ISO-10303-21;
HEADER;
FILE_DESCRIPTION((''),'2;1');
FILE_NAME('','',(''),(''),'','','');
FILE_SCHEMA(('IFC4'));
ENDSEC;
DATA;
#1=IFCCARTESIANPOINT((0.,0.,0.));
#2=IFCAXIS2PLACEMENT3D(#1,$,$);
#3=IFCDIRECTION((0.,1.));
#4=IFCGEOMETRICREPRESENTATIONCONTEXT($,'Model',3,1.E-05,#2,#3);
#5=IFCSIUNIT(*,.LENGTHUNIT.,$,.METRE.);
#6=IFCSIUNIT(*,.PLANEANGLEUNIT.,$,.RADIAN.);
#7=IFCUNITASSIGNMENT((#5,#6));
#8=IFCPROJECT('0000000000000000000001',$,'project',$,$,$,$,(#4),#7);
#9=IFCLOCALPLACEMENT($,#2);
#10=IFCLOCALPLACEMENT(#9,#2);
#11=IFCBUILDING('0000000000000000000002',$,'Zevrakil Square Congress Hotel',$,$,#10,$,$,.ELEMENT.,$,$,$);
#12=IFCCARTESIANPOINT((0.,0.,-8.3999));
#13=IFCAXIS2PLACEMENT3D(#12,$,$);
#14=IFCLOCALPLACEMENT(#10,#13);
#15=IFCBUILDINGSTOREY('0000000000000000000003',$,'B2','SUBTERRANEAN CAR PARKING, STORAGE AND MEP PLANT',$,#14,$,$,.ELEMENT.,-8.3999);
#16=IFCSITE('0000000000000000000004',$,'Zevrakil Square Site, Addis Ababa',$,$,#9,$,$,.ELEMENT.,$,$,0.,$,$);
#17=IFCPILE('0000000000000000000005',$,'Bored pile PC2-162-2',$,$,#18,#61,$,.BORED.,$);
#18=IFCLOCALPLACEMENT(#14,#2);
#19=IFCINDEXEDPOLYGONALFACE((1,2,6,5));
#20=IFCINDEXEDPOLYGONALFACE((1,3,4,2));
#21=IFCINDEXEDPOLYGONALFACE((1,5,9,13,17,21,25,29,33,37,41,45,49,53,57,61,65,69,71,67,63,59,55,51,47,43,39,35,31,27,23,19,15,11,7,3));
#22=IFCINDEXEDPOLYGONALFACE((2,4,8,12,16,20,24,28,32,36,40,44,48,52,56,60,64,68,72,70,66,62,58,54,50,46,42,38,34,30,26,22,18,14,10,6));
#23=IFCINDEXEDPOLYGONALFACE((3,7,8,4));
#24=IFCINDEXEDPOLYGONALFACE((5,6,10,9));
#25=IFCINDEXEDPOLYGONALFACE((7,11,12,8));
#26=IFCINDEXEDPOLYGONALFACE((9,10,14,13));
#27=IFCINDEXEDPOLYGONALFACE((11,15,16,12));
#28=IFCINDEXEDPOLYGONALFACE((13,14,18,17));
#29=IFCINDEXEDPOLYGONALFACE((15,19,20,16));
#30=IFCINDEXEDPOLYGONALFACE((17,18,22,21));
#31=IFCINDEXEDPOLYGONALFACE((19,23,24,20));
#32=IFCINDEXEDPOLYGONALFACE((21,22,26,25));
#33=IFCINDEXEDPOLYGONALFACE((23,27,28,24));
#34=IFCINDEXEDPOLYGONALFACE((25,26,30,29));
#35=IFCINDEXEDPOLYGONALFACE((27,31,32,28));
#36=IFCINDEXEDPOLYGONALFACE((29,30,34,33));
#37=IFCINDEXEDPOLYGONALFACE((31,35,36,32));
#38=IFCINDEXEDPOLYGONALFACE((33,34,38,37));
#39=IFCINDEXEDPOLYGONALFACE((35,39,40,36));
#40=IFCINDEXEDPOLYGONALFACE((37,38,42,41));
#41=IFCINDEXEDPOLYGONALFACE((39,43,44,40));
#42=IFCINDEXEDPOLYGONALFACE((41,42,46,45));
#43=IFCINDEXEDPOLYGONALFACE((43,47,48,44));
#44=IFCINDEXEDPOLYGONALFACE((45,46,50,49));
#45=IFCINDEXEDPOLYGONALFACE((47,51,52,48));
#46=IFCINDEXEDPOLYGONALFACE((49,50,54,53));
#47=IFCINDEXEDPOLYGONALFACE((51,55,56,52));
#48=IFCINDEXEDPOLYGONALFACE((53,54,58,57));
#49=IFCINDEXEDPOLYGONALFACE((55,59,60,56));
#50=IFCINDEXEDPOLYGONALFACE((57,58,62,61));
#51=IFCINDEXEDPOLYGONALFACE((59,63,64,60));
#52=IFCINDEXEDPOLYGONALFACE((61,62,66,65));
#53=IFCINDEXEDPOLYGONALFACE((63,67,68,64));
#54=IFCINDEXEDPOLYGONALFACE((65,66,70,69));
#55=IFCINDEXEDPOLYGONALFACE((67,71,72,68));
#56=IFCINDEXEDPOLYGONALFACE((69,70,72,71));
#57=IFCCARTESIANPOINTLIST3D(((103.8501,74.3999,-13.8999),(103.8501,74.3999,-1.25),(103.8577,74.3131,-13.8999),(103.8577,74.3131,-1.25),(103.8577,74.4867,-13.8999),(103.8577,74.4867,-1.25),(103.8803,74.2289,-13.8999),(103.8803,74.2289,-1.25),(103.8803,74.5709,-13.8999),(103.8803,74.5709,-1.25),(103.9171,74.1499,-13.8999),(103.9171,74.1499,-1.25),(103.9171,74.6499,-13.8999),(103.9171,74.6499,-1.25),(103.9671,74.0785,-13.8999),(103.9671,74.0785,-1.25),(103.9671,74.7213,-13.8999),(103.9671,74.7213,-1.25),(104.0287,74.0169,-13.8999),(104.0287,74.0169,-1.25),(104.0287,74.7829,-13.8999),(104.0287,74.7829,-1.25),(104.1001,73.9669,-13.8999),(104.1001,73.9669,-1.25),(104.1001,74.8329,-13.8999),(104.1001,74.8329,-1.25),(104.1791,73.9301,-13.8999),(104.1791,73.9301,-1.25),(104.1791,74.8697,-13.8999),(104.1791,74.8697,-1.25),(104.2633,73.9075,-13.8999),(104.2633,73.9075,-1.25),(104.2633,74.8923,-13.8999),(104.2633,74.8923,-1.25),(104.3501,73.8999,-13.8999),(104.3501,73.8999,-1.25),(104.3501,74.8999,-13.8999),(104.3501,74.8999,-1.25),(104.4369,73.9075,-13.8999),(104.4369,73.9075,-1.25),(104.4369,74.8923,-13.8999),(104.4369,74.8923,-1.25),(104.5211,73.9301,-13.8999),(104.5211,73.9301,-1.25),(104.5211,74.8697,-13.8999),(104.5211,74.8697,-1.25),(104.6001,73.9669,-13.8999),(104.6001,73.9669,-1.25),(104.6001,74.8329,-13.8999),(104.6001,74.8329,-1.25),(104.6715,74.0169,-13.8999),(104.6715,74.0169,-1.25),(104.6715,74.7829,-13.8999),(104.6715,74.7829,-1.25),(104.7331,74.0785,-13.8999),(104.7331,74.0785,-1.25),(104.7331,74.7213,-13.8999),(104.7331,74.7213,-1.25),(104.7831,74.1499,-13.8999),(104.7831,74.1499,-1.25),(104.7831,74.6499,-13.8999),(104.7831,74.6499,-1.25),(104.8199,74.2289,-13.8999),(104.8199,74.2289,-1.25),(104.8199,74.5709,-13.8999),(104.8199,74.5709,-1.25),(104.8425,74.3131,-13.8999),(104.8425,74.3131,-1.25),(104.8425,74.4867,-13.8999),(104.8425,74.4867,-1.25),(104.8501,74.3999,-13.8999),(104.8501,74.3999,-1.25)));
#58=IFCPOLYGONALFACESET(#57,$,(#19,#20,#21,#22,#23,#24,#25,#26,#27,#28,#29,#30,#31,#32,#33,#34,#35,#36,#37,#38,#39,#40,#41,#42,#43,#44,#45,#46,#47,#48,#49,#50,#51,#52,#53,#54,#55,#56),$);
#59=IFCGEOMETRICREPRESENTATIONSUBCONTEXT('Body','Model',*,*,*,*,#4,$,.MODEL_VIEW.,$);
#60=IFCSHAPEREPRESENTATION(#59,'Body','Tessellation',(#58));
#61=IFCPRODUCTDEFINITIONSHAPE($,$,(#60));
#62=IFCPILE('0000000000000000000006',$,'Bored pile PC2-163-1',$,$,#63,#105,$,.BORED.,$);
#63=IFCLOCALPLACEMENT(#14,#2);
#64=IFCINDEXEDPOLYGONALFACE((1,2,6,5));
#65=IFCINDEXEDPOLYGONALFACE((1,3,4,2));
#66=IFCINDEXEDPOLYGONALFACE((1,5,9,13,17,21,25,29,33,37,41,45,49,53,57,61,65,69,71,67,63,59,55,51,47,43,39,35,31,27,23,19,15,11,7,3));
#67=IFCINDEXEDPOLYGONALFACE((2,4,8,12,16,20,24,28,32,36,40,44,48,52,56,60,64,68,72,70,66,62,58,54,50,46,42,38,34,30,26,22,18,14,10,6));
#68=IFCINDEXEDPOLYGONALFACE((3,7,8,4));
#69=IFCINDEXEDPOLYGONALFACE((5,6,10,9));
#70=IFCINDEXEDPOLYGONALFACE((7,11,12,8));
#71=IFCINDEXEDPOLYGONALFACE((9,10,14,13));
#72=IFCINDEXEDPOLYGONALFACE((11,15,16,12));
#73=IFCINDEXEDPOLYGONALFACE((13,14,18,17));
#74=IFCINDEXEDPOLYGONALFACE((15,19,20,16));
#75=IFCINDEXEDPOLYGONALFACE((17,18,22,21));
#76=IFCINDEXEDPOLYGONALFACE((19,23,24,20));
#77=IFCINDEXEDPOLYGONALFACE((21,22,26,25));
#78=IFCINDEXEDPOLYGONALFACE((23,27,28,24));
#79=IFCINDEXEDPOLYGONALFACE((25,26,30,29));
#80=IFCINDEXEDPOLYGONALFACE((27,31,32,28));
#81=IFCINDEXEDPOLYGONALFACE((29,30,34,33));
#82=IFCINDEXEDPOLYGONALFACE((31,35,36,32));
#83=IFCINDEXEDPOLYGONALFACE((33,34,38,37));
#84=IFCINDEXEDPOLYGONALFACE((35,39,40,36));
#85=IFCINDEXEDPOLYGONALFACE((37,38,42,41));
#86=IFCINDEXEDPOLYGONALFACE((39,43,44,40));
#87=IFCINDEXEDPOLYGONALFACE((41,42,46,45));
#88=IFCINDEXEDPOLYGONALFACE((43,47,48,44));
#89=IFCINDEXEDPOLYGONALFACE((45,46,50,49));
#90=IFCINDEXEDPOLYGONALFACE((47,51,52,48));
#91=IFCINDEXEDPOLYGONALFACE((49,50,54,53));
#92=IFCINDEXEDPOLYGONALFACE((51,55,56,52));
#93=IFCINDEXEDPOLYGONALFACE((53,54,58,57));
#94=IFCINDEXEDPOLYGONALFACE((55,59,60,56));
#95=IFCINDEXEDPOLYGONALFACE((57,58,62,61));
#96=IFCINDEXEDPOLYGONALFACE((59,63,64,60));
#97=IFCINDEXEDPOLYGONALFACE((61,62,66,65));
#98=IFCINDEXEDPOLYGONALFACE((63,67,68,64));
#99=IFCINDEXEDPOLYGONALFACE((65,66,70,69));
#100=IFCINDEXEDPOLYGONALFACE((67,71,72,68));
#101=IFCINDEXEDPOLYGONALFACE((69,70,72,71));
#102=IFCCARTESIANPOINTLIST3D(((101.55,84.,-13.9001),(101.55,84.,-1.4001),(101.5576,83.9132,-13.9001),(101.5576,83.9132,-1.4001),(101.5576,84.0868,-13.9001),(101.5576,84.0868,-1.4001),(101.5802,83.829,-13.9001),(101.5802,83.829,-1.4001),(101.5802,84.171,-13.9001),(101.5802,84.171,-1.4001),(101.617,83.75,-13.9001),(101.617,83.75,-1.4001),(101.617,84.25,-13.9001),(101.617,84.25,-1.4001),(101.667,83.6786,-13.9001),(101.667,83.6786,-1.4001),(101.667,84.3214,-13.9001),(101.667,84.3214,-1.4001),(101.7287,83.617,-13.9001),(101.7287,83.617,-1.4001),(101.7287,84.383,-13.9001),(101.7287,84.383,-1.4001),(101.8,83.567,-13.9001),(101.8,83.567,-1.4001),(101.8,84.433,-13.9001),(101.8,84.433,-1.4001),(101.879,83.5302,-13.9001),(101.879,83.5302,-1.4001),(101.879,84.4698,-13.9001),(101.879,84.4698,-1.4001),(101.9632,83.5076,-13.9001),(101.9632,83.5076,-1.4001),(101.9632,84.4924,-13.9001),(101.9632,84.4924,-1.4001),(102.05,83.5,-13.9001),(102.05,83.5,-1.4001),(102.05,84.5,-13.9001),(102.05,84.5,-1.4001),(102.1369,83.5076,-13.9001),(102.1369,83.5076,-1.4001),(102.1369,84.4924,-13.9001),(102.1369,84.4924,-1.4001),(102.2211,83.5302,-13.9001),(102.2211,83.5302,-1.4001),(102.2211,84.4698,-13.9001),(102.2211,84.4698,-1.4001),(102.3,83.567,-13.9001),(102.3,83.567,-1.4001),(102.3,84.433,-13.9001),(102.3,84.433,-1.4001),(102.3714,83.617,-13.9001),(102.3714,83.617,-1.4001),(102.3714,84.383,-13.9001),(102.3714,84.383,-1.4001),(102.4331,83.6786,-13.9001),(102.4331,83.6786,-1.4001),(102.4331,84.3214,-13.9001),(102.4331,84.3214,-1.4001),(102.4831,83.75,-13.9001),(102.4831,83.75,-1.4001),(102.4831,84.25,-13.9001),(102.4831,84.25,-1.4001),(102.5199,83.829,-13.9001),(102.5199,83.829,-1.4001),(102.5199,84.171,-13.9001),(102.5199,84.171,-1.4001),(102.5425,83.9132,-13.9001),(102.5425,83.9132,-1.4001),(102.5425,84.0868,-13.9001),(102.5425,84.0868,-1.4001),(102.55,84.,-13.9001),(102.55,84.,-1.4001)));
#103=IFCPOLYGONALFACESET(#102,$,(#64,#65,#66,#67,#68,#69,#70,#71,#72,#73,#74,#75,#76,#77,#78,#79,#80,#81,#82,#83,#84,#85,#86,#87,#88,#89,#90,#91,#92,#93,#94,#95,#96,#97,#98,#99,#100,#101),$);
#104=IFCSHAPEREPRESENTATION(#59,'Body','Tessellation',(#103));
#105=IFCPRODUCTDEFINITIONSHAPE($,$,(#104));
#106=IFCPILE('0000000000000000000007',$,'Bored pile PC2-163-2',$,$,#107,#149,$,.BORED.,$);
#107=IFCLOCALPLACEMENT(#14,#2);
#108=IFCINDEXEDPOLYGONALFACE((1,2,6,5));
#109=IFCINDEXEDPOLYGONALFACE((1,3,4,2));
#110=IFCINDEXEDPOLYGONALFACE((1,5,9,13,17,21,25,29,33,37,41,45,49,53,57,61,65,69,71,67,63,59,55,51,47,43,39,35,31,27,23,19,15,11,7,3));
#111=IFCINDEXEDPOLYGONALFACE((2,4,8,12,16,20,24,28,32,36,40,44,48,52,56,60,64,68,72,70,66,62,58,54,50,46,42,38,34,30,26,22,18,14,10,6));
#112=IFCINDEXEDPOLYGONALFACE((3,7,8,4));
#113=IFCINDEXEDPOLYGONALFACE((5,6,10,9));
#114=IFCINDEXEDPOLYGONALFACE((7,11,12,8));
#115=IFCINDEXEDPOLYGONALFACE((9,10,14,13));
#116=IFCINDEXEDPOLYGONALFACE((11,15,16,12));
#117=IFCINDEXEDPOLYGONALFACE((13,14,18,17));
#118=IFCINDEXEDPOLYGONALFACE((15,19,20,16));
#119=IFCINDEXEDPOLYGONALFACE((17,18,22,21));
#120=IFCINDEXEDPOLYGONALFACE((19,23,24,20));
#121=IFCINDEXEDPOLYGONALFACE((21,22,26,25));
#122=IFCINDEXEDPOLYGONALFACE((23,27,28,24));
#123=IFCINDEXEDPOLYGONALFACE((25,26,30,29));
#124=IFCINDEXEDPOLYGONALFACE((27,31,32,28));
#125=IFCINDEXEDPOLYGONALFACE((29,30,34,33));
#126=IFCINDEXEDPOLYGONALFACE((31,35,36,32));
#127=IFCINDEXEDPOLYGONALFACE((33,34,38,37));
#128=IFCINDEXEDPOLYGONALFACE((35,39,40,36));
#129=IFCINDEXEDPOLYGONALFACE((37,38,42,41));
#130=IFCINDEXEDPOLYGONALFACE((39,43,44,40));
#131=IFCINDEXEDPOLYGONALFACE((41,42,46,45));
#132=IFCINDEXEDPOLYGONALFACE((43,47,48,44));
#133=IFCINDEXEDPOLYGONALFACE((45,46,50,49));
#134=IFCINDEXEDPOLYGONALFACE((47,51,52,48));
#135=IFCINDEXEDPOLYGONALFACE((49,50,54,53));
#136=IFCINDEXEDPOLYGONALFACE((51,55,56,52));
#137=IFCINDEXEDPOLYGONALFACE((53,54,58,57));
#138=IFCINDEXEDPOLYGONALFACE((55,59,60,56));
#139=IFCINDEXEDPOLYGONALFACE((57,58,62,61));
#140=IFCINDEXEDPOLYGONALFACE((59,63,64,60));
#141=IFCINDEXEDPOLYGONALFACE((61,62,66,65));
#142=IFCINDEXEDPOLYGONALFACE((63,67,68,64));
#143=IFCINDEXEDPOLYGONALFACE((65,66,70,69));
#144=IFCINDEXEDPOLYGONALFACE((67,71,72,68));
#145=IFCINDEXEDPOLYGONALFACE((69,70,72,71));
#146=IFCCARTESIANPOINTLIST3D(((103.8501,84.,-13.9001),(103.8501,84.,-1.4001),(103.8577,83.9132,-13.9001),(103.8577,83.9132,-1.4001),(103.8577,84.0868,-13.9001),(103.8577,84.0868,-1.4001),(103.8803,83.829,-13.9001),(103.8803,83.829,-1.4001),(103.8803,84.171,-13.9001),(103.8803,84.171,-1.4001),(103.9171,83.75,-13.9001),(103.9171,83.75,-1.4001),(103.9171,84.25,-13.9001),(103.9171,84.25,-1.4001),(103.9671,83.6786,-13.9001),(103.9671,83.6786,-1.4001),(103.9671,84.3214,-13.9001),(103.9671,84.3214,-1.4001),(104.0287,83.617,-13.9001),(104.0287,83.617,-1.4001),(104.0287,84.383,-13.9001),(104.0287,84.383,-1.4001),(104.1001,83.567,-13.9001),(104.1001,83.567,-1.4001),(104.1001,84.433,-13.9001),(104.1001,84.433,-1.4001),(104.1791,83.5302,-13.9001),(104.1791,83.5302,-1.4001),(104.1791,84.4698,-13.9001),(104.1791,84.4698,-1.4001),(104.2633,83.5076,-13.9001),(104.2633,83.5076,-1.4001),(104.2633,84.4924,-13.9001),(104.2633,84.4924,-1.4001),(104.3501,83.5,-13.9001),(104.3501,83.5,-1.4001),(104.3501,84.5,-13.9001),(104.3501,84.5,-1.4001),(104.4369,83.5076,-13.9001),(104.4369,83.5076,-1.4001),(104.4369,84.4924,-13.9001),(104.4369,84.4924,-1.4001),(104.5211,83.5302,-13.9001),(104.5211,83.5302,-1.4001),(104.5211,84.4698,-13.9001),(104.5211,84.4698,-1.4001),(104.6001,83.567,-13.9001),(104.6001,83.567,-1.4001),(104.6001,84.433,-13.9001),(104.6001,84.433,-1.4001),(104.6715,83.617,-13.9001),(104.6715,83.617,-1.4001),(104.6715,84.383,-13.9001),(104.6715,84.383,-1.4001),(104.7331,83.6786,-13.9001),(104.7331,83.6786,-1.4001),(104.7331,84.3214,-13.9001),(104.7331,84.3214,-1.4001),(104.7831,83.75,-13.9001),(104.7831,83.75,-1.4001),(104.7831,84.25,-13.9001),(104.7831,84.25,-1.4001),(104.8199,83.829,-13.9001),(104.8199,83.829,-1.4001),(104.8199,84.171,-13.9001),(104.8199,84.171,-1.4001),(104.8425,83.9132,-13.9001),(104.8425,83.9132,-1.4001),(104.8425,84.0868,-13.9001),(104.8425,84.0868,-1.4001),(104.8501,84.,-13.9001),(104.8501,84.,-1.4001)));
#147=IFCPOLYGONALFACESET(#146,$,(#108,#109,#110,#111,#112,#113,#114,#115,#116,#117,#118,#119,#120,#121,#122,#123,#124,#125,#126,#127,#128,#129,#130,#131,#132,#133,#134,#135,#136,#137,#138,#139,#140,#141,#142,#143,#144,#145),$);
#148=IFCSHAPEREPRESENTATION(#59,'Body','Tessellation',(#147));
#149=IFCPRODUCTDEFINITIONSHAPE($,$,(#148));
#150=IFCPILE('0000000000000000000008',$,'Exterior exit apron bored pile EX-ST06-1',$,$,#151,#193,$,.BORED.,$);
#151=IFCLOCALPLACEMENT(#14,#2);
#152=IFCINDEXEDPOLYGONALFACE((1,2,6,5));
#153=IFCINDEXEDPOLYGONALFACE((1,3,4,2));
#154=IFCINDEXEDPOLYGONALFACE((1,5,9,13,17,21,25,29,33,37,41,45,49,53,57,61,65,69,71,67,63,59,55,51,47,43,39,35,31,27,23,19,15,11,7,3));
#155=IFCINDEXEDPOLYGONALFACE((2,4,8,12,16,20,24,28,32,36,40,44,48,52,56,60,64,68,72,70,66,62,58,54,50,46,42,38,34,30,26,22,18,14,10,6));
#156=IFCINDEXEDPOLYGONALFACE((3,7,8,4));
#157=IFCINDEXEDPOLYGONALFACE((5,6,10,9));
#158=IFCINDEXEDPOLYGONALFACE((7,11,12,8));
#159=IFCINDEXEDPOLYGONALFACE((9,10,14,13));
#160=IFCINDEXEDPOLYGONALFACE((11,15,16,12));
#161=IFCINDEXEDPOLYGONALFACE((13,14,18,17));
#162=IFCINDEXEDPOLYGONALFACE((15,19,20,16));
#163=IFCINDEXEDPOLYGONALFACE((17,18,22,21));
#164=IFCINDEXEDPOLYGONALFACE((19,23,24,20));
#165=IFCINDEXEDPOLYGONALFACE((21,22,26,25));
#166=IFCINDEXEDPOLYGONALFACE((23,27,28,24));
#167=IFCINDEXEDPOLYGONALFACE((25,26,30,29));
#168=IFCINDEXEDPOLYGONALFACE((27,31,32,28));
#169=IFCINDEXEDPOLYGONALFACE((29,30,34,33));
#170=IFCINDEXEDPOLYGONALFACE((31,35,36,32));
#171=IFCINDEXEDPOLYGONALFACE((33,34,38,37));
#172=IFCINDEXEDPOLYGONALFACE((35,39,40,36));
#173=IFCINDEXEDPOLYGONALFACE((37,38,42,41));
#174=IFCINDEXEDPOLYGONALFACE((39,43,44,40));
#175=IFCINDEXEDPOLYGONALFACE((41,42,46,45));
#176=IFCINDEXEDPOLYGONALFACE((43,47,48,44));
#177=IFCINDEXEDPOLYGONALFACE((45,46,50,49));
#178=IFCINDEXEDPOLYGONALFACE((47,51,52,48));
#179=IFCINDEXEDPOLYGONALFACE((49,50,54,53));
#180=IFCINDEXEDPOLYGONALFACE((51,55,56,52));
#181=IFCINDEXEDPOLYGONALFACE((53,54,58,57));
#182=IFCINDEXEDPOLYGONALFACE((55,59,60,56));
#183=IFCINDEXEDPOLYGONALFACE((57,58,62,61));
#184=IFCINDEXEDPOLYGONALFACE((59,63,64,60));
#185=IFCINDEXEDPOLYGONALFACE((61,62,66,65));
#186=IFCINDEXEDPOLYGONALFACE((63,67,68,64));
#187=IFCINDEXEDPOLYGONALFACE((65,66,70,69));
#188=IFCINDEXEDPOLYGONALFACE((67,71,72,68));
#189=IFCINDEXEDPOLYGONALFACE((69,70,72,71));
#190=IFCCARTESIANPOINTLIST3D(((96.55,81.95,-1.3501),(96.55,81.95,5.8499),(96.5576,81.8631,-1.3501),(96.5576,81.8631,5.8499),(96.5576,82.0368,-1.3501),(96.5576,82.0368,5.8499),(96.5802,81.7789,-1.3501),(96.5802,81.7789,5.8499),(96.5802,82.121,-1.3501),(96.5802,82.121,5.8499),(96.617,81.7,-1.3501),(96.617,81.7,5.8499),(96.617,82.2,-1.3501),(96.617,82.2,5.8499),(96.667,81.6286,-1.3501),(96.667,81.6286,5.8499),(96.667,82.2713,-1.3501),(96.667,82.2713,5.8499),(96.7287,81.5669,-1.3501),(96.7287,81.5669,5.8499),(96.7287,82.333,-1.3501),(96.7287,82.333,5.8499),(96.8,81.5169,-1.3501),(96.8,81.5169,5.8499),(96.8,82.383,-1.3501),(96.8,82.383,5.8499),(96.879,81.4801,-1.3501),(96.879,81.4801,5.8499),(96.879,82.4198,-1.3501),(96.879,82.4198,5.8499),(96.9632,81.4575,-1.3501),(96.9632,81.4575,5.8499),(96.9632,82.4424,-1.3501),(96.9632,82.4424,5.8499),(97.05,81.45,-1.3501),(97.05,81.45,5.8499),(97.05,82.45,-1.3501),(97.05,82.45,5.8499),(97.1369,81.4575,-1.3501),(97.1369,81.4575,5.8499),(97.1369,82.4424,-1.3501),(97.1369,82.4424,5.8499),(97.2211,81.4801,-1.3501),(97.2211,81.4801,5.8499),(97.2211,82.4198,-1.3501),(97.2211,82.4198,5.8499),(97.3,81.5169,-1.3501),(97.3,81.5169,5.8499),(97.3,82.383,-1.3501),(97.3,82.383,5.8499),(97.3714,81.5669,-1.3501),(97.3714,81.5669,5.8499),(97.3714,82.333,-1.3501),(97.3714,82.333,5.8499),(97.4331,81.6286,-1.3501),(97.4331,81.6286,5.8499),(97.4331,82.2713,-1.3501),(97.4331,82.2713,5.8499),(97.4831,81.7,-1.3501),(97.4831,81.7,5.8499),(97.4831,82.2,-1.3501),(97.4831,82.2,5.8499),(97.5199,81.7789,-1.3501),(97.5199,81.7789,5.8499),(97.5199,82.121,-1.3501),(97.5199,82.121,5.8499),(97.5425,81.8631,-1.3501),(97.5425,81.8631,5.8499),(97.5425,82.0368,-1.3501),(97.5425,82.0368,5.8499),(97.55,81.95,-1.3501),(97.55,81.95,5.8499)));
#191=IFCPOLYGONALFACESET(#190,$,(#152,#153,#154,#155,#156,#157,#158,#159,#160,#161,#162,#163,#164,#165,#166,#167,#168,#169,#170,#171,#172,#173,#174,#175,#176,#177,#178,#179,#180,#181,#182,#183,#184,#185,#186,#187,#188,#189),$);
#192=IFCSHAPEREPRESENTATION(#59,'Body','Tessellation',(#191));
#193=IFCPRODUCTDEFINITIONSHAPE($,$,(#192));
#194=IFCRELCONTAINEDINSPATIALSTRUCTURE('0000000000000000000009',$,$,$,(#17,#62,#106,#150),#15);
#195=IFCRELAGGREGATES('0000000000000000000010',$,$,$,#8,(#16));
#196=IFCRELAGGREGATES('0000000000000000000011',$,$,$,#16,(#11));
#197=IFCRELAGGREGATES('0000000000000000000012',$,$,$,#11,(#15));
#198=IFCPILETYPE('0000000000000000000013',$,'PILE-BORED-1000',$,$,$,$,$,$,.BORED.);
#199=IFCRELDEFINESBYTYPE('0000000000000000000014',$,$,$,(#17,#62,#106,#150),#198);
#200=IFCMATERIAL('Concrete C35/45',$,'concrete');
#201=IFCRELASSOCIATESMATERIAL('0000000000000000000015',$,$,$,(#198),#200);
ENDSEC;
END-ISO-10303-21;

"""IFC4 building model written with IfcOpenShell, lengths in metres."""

from ifc_helpers import new_model, si_unit, direction, frame, origin, origin_2d, place, context, subcontext, project, spatial, circle, extrude, material, material_profile, profile_set, type_object, element, save


model = new_model("IFC4")

# Units and contexts
model_context = context("Model", 3, precision=1e-05, world=origin(), true_north=direction((0.0, 1.0)))
body_context = subcontext(model_context, "Body", "Model", "MODEL_VIEW")
ifc_project = project(units=[si_unit("LENGTHUNIT", "METRE"), si_unit("PLANEANGLEUNIT", "RADIAN")], contexts=[model_context])

# Site, building, storey
site_placement = place(None, origin())
site = spatial("IfcSite", under=ifc_project, at=site_placement, Name="Zevrakil Square Site, Addis Ababa", CompositionType="ELEMENT", RefElevation=0.0)
building_placement = place(site_placement, origin())
building = spatial("IfcBuilding", under=site, at=building_placement, Name="Zevrakil Square Congress Hotel", CompositionType="ELEMENT")
storey_placement = place(building_placement, frame((0.0, 0.0, -8.3999)))
storey = spatial("IfcBuildingStorey", under=building, at=storey_placement, Name="B2", Description="SUBTERRANEAN CAR PARKING, STORAGE AND MEP PLANT", CompositionType="ELEMENT", Elevation=-8.3999)

# Piles
ifc_material_1 = material(Name="Concrete C35/45", Category="concrete")
ifc_material_profile_1 = material_profile(ifc_material_1, circle(Radius=0.5, at=origin_2d()), Name="PILE D1000")
ifc_profile_set_1 = profile_set([ifc_material_profile_1], Name="Concrete C35/45")
pile_type = type_object("IfcPileType", Name="PILE-BORED-1000", PredefinedType="BORED", material=ifc_profile_set_1)
for number, where, z_axis, x_axis, name in (
    (1, (104.3501, 74.3999, -1.25), (0.0, 0.0, -1.0), (1.0, 0.0, 0.0), "Bored pile PC2-162-2"),
):
    element("IfcPile", number, at=place(storey_placement, frame(where, z_axis=z_axis, x_axis=x_axis)), inside=storey, type_object=pile_type, Name=name, PredefinedType="BORED", context=body_context, shape_type="SweptSolid", body=[
        extrude(circle(Radius=0.5, at=origin_2d()), origin(), (0.0, 0.0, 1.0), 12.6499),
    ])
for number, where, z_axis, x_axis, name in (
    (2, (102.05, 84.0, -1.4001), (0.0, 0.0, -1.0), (1.0, 0.0, 0.0), "Bored pile PC2-163-1"),
    (3, (104.3501, 84.0, -1.4001), (0.0, 0.0, -1.0), (1.0, 0.0, 0.0), "Bored pile PC2-163-2"),
):
    element("IfcPile", number, at=place(storey_placement, frame(where, z_axis=z_axis, x_axis=x_axis)), inside=storey, type_object=pile_type, Name=name, PredefinedType="BORED", context=body_context, shape_type="SweptSolid", body=[
        extrude(circle(Radius=0.5, at=origin_2d()), origin(), (0.0, 0.0, 1.0), 12.5),
    ])
for number, where, z_axis, x_axis, name in (
    (4, (97.05, 81.95, 5.8499), (0.0, 0.0, -1.0), (1.0, 0.0, 0.0), "Exterior exit apron bored pile EX-ST06-1"),
):
    element("IfcPile", number, at=place(storey_placement, frame(where, z_axis=z_axis, x_axis=x_axis)), inside=storey, type_object=pile_type, Name=name, PredefinedType="BORED", context=body_context, shape_type="SweptSolid", body=[
        extrude(circle(Radius=0.5, at=origin_2d()), origin(), (0.0, 0.0, 1.0), 7.2),
    ])

save(model, "model.ifc")
